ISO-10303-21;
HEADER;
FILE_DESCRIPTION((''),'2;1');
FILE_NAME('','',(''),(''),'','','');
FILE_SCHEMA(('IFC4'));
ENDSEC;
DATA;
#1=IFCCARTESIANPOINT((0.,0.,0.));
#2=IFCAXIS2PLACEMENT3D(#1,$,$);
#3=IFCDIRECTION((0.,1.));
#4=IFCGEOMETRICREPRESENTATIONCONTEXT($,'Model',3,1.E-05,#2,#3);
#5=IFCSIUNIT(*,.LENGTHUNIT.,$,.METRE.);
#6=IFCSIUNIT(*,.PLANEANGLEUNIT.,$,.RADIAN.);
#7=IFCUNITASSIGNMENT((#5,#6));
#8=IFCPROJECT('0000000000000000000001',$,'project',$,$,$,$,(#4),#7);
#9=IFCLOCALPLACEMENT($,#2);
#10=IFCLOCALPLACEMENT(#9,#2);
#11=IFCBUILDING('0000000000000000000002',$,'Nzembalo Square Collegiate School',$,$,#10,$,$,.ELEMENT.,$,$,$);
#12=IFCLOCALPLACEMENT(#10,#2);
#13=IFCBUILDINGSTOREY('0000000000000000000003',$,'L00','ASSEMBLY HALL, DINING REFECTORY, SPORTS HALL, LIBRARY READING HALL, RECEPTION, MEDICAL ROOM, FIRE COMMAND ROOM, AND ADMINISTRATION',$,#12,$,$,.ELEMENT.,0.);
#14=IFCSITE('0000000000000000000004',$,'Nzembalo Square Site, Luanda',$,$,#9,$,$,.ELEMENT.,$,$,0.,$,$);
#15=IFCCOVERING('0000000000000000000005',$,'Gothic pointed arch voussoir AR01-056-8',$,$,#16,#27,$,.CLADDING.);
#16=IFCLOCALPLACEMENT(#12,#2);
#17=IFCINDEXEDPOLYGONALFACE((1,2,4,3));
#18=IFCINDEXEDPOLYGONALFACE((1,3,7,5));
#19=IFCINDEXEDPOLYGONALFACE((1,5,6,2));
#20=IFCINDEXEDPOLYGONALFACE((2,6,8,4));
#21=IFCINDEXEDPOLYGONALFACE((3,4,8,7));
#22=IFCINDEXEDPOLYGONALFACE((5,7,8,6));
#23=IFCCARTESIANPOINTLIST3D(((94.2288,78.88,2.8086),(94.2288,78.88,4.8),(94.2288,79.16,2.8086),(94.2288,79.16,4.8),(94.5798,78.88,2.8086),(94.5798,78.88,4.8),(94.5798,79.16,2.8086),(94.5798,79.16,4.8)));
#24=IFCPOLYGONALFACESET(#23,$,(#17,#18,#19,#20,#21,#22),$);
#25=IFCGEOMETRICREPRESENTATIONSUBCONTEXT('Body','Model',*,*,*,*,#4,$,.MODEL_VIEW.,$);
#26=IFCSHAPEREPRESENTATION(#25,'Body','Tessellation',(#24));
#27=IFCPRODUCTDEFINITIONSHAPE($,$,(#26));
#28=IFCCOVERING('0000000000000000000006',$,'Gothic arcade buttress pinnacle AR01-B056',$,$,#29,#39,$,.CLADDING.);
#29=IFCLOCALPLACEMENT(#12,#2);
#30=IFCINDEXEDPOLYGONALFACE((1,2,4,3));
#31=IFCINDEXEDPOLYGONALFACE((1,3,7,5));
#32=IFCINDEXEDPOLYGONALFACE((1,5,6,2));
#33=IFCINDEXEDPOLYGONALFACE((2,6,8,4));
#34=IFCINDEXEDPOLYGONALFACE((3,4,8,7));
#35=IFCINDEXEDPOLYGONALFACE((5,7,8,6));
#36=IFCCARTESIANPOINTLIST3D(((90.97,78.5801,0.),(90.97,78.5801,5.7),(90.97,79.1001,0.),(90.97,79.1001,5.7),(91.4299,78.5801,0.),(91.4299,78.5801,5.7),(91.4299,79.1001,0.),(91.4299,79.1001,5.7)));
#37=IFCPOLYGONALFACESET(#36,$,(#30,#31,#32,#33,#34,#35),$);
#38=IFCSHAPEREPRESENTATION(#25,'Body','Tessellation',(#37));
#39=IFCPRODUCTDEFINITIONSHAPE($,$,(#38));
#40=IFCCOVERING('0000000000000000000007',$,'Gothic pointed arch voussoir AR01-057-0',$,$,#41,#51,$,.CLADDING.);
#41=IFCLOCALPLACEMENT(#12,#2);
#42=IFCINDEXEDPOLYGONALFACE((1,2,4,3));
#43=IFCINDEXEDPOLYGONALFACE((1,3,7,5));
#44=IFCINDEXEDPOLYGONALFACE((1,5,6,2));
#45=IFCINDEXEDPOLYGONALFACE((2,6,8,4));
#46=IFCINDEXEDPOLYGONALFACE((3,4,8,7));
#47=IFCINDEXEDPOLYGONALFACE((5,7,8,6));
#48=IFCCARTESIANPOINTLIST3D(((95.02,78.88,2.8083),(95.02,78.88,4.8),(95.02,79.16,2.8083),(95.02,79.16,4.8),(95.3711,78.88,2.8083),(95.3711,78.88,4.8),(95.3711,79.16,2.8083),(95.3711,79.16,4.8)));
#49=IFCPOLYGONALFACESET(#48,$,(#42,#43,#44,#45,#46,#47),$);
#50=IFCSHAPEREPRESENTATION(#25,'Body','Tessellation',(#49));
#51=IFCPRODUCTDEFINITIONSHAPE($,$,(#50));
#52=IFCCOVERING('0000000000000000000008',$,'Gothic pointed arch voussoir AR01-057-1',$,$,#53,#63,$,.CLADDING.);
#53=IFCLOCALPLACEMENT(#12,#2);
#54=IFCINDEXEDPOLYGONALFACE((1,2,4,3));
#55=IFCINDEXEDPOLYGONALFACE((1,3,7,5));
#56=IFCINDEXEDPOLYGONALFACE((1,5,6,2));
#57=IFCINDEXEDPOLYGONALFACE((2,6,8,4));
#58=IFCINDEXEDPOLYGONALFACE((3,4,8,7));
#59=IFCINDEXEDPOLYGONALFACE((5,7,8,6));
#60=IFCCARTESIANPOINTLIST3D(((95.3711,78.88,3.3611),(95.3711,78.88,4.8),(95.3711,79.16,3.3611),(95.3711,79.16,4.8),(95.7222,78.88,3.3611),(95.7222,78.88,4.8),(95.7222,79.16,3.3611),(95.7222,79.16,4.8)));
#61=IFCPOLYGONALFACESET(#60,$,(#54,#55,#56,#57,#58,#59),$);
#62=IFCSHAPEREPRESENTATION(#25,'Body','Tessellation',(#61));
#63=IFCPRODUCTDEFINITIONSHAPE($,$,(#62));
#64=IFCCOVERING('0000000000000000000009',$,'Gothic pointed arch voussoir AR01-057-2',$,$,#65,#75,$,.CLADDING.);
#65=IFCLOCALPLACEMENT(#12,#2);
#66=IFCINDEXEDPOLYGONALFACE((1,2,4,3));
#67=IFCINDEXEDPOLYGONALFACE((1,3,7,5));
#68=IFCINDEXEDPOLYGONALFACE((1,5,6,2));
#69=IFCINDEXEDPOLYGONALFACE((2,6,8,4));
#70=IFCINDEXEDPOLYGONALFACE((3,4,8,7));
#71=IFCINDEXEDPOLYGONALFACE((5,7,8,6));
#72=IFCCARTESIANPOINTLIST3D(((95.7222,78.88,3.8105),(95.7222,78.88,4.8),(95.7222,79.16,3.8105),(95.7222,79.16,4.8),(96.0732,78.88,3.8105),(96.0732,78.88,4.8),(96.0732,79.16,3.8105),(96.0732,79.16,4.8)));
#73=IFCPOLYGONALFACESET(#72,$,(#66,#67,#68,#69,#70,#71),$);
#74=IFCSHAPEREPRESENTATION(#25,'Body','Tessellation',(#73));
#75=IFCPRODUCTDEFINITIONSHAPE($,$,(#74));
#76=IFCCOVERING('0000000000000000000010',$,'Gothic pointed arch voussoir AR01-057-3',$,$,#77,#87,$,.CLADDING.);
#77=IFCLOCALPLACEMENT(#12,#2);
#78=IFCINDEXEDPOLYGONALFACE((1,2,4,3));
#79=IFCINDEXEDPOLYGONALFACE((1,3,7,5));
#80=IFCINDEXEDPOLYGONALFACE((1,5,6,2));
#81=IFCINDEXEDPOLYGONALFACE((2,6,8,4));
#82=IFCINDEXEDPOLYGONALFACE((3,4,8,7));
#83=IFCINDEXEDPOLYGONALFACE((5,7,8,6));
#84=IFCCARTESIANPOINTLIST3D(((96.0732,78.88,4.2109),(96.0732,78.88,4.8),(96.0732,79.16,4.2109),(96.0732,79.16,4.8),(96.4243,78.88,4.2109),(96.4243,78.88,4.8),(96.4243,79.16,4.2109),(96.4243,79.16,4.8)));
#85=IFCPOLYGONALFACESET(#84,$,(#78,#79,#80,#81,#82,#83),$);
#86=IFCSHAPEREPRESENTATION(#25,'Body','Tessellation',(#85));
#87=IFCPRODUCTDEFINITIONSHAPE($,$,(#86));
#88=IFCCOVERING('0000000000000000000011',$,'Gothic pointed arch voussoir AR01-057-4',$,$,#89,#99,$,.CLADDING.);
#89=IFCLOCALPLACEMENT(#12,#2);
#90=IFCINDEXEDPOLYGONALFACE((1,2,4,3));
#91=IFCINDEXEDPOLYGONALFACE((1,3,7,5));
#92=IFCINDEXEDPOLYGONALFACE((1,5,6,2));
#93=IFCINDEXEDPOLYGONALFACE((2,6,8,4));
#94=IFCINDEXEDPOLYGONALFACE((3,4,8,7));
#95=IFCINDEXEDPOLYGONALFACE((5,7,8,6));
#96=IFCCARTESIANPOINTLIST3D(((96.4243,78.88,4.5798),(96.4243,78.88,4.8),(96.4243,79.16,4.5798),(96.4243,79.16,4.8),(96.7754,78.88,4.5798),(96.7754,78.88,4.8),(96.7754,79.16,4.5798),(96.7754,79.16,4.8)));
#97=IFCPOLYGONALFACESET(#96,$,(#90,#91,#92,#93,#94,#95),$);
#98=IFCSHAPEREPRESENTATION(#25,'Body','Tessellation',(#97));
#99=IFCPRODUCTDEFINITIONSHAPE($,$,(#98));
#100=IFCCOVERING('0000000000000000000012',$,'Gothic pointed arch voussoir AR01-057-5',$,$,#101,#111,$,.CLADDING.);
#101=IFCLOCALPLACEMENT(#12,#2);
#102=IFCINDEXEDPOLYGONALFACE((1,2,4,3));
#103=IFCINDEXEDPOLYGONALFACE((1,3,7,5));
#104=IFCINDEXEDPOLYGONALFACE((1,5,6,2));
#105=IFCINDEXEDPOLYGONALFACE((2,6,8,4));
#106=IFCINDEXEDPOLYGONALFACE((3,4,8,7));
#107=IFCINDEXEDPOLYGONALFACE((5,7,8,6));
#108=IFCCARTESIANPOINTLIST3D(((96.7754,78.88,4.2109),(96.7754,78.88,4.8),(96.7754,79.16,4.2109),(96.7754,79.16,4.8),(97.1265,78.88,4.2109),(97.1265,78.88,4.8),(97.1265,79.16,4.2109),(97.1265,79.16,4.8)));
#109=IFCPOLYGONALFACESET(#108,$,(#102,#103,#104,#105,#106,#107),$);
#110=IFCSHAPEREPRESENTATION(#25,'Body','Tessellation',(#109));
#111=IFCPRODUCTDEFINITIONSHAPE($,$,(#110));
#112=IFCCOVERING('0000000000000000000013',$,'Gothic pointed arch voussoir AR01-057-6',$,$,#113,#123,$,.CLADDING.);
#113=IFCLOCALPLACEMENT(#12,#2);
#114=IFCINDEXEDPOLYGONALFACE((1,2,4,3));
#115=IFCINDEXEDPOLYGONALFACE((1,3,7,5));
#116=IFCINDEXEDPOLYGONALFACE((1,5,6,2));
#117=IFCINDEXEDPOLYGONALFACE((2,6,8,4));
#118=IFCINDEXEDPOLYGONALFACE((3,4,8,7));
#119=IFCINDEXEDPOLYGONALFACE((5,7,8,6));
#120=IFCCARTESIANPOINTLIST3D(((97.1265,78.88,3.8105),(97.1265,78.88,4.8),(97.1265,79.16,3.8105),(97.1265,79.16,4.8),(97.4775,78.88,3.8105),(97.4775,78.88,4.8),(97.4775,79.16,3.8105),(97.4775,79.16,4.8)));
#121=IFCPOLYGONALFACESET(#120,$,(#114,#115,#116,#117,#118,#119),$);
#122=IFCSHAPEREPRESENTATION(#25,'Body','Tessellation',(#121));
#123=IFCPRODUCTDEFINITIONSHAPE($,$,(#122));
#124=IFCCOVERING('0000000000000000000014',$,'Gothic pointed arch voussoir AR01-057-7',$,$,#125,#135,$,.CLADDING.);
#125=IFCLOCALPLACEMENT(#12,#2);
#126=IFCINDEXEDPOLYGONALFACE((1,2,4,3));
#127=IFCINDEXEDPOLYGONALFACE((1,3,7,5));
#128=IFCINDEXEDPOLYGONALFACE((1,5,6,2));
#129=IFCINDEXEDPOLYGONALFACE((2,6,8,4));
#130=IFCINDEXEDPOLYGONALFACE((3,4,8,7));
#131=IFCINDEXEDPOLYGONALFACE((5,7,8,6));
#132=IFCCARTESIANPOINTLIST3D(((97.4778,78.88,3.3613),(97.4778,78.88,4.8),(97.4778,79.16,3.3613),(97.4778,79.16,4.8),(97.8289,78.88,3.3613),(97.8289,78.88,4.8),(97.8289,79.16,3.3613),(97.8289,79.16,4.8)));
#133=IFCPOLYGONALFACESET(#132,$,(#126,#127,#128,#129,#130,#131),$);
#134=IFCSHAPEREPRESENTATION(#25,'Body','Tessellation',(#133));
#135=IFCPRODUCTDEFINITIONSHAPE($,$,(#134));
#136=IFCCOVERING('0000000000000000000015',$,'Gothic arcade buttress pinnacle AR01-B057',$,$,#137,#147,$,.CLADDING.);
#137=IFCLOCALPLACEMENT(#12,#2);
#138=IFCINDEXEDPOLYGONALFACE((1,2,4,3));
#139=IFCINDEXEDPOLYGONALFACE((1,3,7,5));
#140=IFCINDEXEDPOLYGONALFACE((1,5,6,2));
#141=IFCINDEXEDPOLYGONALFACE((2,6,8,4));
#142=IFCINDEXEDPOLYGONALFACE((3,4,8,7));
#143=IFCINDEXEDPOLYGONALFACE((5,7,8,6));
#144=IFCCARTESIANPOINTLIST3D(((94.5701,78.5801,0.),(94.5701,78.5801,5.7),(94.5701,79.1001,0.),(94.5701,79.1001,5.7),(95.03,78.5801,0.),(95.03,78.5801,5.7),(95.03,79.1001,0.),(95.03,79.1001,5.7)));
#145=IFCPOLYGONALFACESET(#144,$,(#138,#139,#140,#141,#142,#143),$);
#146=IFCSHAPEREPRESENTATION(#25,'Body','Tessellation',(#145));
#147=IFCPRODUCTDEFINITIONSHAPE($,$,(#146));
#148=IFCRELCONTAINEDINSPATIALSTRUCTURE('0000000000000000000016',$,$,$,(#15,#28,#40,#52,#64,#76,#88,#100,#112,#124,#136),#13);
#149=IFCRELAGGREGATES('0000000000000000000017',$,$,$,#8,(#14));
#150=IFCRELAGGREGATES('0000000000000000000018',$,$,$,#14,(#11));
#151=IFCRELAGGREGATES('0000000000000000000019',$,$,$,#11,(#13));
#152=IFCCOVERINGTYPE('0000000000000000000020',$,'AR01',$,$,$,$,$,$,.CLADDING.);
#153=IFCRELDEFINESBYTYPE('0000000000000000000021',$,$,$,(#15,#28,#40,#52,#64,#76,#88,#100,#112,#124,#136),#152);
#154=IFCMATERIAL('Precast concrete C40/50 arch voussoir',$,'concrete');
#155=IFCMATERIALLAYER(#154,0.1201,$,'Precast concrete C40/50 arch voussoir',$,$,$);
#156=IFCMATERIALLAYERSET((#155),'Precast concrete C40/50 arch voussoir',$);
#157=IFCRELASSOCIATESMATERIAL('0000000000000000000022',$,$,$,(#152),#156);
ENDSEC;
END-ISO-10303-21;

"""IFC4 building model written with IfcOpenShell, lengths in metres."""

from ifc_helpers import new_model, si_unit, direction, frame, origin, origin_2d, place, context, subcontext, project, spatial, rectangle, extrude, material, layer, layer_set, type_object, element, save


model = new_model("IFC4")

# Units and contexts
model_context = context("Model", 3, precision=1e-05, world=origin(), true_north=direction((0.0, 1.0)))
body_context = subcontext(model_context, "Body", "Model", "MODEL_VIEW")
ifc_project = project(units=[si_unit("LENGTHUNIT", "METRE"), si_unit("PLANEANGLEUNIT", "RADIAN")], contexts=[model_context])

# Site, building, storey
site_placement = place(None, origin())
site = spatial("IfcSite", under=ifc_project, at=site_placement, Name="Nzembalo Square Site, Luanda", CompositionType="ELEMENT", RefElevation=0.0)
building_placement = place(site_placement, origin())
building = spatial("IfcBuilding", under=site, at=building_placement, Name="Nzembalo Square Collegiate School", CompositionType="ELEMENT")
storey_placement = place(building_placement, origin())
storey = spatial("IfcBuildingStorey", under=building, at=storey_placement, Name="L00", Description="ASSEMBLY HALL, DINING REFECTORY, SPORTS HALL, LIBRARY READING HALL, RECEPTION, MEDICAL ROOM, FIRE COMMAND ROOM, AND ADMINISTRATION", CompositionType="ELEMENT", Elevation=0.0)

# Coverings
ifc_material = material(Name="Precast concrete C40/50 arch voussoir", Category="concrete")
ifc_layer = layer(ifc_material, 0.1201, Name="Precast concrete C40/50 arch voussoir")
ifc_layer_set = layer_set([ifc_layer], Name="Precast concrete C40/50 arch voussoir")
covering_type = type_object("IfcCoveringType", Name="AR01", PredefinedType="CLADDING", material=ifc_layer_set)
covering_1_placement = place(storey_placement, frame((94.4043, 79.02, 2.8086), z_axis=(0.0, 0.0, 1.0), x_axis=(1.0, 0.0, 0.0)))
element("IfcCovering", 1, at=covering_1_placement, inside=storey, type_object=covering_type, Name="Gothic pointed arch voussoir AR01-056-8", PredefinedType="CLADDING", context=body_context, shape_type="SweptSolid", body=[
    extrude(rectangle(XDim=0.3511, YDim=0.28, at=origin_2d()), origin(), (0.0, 0.0, 1.0), 1.9915),
])
covering_2_placement = place(storey_placement, frame((91.2, 78.8401, 0.0), z_axis=(0.0, 0.0, 1.0), x_axis=(1.0, 0.0, 0.0)))
element("IfcCovering", 2, at=covering_2_placement, inside=storey, type_object=covering_type, Name="Gothic arcade buttress pinnacle AR01-B056", PredefinedType="CLADDING", context=body_context, shape_type="SweptSolid", body=[
    extrude(rectangle(XDim=0.46, YDim=0.52, at=origin_2d()), origin(), (0.0, 0.0, 1.0), 5.7),
])
covering_3_placement = place(storey_placement, frame((95.1956, 79.02, 2.8083), z_axis=(0.0, 0.0, 1.0), x_axis=(1.0, 0.0, 0.0)))
element("IfcCovering", 3, at=covering_3_placement, inside=storey, type_object=covering_type, Name="Gothic pointed arch voussoir AR01-057-0", PredefinedType="CLADDING", context=body_context, shape_type="SweptSolid", body=[
    extrude(rectangle(XDim=0.3511, YDim=0.28, at=origin_2d()), origin(), (0.0, 0.0, 1.0), 1.9917),
])
covering_4_placement = place(storey_placement, frame((95.5466, 79.02, 3.3611), z_axis=(0.0, 0.0, 1.0), x_axis=(1.0, 0.0, 0.0)))
element("IfcCovering", 4, at=covering_4_placement, inside=storey, type_object=covering_type, Name="Gothic pointed arch voussoir AR01-057-1", PredefinedType="CLADDING", context=body_context, shape_type="SweptSolid", body=[
    extrude(rectangle(XDim=0.3511, YDim=0.28, at=origin_2d()), origin(), (0.0, 0.0, 1.0), 1.439),
])
covering_5_placement = place(storey_placement, frame((95.8977, 79.02, 3.8105), z_axis=(0.0, 0.0, 1.0), x_axis=(1.0, 0.0, 0.0)))
element("IfcCovering", 5, at=covering_5_placement, inside=storey, type_object=covering_type, Name="Gothic pointed arch voussoir AR01-057-2", PredefinedType="CLADDING", context=body_context, shape_type="SweptSolid", body=[
    extrude(rectangle(XDim=0.3511, YDim=0.28, at=origin_2d()), origin(), (0.0, 0.0, 1.0), 0.9895),
])
covering_6_placement = place(storey_placement, frame((96.2488, 79.02, 4.2109), z_axis=(0.0, 0.0, 1.0), x_axis=(1.0, 0.0, 0.0)))
element("IfcCovering", 6, at=covering_6_placement, inside=storey, type_object=covering_type, Name="Gothic pointed arch voussoir AR01-057-3", PredefinedType="CLADDING", context=body_context, shape_type="SweptSolid", body=[
    extrude(rectangle(XDim=0.3511, YDim=0.28, at=origin_2d()), origin(), (0.0, 0.0, 1.0), 0.5891),
])
covering_7_placement = place(storey_placement, frame((96.5999, 79.02, 4.5798), z_axis=(0.0, 0.0, 1.0), x_axis=(1.0, 0.0, 0.0)))
element("IfcCovering", 7, at=covering_7_placement, inside=storey, type_object=covering_type, Name="Gothic pointed arch voussoir AR01-057-4", PredefinedType="CLADDING", context=body_context, shape_type="SweptSolid", body=[
    extrude(rectangle(XDim=0.3511, YDim=0.28, at=origin_2d()), origin(), (0.0, 0.0, 1.0), 0.2202),
])
covering_8_placement = place(storey_placement, frame((96.9509, 79.02, 4.2109), z_axis=(0.0, 0.0, 1.0), x_axis=(1.0, 0.0, 0.0)))
element("IfcCovering", 8, at=covering_8_placement, inside=storey, type_object=covering_type, Name="Gothic pointed arch voussoir AR01-057-5", PredefinedType="CLADDING", context=body_context, shape_type="SweptSolid", body=[
    extrude(rectangle(XDim=0.3511, YDim=0.28, at=origin_2d()), origin(), (0.0, 0.0, 1.0), 0.5891),
])
covering_9_placement = place(storey_placement, frame((97.302, 79.02, 3.8105), z_axis=(0.0, 0.0, 1.0), x_axis=(1.0, 0.0, 0.0)))
element("IfcCovering", 9, at=covering_9_placement, inside=storey, type_object=covering_type, Name="Gothic pointed arch voussoir AR01-057-6", PredefinedType="CLADDING", context=body_context, shape_type="SweptSolid", body=[
    extrude(rectangle(XDim=0.3511, YDim=0.28, at=origin_2d()), origin(), (0.0, 0.0, 1.0), 0.9895),
])
covering_10_placement = place(storey_placement, frame((97.6533, 79.02, 3.3613), z_axis=(0.0, 0.0, 1.0), x_axis=(1.0, 0.0, 0.0)))
element("IfcCovering", 10, at=covering_10_placement, inside=storey, type_object=covering_type, Name="Gothic pointed arch voussoir AR01-057-7", PredefinedType="CLADDING", context=body_context, shape_type="SweptSolid", body=[
    extrude(rectangle(XDim=0.3511, YDim=0.28, at=origin_2d()), origin(), (0.0, 0.0, 1.0), 1.4387),
])
covering_11_placement = place(storey_placement, frame((94.8, 78.8401, 0.0), z_axis=(0.0, 0.0, 1.0), x_axis=(1.0, 0.0, 0.0)))
element("IfcCovering", 11, at=covering_11_placement, inside=storey, type_object=covering_type, Name="Gothic arcade buttress pinnacle AR01-B057", PredefinedType="CLADDING", context=body_context, shape_type="SweptSolid", body=[
    extrude(rectangle(XDim=0.46, YDim=0.52, at=origin_2d()), origin(), (0.0, 0.0, 1.0), 5.7),
])

save(model, "model.ifc")
